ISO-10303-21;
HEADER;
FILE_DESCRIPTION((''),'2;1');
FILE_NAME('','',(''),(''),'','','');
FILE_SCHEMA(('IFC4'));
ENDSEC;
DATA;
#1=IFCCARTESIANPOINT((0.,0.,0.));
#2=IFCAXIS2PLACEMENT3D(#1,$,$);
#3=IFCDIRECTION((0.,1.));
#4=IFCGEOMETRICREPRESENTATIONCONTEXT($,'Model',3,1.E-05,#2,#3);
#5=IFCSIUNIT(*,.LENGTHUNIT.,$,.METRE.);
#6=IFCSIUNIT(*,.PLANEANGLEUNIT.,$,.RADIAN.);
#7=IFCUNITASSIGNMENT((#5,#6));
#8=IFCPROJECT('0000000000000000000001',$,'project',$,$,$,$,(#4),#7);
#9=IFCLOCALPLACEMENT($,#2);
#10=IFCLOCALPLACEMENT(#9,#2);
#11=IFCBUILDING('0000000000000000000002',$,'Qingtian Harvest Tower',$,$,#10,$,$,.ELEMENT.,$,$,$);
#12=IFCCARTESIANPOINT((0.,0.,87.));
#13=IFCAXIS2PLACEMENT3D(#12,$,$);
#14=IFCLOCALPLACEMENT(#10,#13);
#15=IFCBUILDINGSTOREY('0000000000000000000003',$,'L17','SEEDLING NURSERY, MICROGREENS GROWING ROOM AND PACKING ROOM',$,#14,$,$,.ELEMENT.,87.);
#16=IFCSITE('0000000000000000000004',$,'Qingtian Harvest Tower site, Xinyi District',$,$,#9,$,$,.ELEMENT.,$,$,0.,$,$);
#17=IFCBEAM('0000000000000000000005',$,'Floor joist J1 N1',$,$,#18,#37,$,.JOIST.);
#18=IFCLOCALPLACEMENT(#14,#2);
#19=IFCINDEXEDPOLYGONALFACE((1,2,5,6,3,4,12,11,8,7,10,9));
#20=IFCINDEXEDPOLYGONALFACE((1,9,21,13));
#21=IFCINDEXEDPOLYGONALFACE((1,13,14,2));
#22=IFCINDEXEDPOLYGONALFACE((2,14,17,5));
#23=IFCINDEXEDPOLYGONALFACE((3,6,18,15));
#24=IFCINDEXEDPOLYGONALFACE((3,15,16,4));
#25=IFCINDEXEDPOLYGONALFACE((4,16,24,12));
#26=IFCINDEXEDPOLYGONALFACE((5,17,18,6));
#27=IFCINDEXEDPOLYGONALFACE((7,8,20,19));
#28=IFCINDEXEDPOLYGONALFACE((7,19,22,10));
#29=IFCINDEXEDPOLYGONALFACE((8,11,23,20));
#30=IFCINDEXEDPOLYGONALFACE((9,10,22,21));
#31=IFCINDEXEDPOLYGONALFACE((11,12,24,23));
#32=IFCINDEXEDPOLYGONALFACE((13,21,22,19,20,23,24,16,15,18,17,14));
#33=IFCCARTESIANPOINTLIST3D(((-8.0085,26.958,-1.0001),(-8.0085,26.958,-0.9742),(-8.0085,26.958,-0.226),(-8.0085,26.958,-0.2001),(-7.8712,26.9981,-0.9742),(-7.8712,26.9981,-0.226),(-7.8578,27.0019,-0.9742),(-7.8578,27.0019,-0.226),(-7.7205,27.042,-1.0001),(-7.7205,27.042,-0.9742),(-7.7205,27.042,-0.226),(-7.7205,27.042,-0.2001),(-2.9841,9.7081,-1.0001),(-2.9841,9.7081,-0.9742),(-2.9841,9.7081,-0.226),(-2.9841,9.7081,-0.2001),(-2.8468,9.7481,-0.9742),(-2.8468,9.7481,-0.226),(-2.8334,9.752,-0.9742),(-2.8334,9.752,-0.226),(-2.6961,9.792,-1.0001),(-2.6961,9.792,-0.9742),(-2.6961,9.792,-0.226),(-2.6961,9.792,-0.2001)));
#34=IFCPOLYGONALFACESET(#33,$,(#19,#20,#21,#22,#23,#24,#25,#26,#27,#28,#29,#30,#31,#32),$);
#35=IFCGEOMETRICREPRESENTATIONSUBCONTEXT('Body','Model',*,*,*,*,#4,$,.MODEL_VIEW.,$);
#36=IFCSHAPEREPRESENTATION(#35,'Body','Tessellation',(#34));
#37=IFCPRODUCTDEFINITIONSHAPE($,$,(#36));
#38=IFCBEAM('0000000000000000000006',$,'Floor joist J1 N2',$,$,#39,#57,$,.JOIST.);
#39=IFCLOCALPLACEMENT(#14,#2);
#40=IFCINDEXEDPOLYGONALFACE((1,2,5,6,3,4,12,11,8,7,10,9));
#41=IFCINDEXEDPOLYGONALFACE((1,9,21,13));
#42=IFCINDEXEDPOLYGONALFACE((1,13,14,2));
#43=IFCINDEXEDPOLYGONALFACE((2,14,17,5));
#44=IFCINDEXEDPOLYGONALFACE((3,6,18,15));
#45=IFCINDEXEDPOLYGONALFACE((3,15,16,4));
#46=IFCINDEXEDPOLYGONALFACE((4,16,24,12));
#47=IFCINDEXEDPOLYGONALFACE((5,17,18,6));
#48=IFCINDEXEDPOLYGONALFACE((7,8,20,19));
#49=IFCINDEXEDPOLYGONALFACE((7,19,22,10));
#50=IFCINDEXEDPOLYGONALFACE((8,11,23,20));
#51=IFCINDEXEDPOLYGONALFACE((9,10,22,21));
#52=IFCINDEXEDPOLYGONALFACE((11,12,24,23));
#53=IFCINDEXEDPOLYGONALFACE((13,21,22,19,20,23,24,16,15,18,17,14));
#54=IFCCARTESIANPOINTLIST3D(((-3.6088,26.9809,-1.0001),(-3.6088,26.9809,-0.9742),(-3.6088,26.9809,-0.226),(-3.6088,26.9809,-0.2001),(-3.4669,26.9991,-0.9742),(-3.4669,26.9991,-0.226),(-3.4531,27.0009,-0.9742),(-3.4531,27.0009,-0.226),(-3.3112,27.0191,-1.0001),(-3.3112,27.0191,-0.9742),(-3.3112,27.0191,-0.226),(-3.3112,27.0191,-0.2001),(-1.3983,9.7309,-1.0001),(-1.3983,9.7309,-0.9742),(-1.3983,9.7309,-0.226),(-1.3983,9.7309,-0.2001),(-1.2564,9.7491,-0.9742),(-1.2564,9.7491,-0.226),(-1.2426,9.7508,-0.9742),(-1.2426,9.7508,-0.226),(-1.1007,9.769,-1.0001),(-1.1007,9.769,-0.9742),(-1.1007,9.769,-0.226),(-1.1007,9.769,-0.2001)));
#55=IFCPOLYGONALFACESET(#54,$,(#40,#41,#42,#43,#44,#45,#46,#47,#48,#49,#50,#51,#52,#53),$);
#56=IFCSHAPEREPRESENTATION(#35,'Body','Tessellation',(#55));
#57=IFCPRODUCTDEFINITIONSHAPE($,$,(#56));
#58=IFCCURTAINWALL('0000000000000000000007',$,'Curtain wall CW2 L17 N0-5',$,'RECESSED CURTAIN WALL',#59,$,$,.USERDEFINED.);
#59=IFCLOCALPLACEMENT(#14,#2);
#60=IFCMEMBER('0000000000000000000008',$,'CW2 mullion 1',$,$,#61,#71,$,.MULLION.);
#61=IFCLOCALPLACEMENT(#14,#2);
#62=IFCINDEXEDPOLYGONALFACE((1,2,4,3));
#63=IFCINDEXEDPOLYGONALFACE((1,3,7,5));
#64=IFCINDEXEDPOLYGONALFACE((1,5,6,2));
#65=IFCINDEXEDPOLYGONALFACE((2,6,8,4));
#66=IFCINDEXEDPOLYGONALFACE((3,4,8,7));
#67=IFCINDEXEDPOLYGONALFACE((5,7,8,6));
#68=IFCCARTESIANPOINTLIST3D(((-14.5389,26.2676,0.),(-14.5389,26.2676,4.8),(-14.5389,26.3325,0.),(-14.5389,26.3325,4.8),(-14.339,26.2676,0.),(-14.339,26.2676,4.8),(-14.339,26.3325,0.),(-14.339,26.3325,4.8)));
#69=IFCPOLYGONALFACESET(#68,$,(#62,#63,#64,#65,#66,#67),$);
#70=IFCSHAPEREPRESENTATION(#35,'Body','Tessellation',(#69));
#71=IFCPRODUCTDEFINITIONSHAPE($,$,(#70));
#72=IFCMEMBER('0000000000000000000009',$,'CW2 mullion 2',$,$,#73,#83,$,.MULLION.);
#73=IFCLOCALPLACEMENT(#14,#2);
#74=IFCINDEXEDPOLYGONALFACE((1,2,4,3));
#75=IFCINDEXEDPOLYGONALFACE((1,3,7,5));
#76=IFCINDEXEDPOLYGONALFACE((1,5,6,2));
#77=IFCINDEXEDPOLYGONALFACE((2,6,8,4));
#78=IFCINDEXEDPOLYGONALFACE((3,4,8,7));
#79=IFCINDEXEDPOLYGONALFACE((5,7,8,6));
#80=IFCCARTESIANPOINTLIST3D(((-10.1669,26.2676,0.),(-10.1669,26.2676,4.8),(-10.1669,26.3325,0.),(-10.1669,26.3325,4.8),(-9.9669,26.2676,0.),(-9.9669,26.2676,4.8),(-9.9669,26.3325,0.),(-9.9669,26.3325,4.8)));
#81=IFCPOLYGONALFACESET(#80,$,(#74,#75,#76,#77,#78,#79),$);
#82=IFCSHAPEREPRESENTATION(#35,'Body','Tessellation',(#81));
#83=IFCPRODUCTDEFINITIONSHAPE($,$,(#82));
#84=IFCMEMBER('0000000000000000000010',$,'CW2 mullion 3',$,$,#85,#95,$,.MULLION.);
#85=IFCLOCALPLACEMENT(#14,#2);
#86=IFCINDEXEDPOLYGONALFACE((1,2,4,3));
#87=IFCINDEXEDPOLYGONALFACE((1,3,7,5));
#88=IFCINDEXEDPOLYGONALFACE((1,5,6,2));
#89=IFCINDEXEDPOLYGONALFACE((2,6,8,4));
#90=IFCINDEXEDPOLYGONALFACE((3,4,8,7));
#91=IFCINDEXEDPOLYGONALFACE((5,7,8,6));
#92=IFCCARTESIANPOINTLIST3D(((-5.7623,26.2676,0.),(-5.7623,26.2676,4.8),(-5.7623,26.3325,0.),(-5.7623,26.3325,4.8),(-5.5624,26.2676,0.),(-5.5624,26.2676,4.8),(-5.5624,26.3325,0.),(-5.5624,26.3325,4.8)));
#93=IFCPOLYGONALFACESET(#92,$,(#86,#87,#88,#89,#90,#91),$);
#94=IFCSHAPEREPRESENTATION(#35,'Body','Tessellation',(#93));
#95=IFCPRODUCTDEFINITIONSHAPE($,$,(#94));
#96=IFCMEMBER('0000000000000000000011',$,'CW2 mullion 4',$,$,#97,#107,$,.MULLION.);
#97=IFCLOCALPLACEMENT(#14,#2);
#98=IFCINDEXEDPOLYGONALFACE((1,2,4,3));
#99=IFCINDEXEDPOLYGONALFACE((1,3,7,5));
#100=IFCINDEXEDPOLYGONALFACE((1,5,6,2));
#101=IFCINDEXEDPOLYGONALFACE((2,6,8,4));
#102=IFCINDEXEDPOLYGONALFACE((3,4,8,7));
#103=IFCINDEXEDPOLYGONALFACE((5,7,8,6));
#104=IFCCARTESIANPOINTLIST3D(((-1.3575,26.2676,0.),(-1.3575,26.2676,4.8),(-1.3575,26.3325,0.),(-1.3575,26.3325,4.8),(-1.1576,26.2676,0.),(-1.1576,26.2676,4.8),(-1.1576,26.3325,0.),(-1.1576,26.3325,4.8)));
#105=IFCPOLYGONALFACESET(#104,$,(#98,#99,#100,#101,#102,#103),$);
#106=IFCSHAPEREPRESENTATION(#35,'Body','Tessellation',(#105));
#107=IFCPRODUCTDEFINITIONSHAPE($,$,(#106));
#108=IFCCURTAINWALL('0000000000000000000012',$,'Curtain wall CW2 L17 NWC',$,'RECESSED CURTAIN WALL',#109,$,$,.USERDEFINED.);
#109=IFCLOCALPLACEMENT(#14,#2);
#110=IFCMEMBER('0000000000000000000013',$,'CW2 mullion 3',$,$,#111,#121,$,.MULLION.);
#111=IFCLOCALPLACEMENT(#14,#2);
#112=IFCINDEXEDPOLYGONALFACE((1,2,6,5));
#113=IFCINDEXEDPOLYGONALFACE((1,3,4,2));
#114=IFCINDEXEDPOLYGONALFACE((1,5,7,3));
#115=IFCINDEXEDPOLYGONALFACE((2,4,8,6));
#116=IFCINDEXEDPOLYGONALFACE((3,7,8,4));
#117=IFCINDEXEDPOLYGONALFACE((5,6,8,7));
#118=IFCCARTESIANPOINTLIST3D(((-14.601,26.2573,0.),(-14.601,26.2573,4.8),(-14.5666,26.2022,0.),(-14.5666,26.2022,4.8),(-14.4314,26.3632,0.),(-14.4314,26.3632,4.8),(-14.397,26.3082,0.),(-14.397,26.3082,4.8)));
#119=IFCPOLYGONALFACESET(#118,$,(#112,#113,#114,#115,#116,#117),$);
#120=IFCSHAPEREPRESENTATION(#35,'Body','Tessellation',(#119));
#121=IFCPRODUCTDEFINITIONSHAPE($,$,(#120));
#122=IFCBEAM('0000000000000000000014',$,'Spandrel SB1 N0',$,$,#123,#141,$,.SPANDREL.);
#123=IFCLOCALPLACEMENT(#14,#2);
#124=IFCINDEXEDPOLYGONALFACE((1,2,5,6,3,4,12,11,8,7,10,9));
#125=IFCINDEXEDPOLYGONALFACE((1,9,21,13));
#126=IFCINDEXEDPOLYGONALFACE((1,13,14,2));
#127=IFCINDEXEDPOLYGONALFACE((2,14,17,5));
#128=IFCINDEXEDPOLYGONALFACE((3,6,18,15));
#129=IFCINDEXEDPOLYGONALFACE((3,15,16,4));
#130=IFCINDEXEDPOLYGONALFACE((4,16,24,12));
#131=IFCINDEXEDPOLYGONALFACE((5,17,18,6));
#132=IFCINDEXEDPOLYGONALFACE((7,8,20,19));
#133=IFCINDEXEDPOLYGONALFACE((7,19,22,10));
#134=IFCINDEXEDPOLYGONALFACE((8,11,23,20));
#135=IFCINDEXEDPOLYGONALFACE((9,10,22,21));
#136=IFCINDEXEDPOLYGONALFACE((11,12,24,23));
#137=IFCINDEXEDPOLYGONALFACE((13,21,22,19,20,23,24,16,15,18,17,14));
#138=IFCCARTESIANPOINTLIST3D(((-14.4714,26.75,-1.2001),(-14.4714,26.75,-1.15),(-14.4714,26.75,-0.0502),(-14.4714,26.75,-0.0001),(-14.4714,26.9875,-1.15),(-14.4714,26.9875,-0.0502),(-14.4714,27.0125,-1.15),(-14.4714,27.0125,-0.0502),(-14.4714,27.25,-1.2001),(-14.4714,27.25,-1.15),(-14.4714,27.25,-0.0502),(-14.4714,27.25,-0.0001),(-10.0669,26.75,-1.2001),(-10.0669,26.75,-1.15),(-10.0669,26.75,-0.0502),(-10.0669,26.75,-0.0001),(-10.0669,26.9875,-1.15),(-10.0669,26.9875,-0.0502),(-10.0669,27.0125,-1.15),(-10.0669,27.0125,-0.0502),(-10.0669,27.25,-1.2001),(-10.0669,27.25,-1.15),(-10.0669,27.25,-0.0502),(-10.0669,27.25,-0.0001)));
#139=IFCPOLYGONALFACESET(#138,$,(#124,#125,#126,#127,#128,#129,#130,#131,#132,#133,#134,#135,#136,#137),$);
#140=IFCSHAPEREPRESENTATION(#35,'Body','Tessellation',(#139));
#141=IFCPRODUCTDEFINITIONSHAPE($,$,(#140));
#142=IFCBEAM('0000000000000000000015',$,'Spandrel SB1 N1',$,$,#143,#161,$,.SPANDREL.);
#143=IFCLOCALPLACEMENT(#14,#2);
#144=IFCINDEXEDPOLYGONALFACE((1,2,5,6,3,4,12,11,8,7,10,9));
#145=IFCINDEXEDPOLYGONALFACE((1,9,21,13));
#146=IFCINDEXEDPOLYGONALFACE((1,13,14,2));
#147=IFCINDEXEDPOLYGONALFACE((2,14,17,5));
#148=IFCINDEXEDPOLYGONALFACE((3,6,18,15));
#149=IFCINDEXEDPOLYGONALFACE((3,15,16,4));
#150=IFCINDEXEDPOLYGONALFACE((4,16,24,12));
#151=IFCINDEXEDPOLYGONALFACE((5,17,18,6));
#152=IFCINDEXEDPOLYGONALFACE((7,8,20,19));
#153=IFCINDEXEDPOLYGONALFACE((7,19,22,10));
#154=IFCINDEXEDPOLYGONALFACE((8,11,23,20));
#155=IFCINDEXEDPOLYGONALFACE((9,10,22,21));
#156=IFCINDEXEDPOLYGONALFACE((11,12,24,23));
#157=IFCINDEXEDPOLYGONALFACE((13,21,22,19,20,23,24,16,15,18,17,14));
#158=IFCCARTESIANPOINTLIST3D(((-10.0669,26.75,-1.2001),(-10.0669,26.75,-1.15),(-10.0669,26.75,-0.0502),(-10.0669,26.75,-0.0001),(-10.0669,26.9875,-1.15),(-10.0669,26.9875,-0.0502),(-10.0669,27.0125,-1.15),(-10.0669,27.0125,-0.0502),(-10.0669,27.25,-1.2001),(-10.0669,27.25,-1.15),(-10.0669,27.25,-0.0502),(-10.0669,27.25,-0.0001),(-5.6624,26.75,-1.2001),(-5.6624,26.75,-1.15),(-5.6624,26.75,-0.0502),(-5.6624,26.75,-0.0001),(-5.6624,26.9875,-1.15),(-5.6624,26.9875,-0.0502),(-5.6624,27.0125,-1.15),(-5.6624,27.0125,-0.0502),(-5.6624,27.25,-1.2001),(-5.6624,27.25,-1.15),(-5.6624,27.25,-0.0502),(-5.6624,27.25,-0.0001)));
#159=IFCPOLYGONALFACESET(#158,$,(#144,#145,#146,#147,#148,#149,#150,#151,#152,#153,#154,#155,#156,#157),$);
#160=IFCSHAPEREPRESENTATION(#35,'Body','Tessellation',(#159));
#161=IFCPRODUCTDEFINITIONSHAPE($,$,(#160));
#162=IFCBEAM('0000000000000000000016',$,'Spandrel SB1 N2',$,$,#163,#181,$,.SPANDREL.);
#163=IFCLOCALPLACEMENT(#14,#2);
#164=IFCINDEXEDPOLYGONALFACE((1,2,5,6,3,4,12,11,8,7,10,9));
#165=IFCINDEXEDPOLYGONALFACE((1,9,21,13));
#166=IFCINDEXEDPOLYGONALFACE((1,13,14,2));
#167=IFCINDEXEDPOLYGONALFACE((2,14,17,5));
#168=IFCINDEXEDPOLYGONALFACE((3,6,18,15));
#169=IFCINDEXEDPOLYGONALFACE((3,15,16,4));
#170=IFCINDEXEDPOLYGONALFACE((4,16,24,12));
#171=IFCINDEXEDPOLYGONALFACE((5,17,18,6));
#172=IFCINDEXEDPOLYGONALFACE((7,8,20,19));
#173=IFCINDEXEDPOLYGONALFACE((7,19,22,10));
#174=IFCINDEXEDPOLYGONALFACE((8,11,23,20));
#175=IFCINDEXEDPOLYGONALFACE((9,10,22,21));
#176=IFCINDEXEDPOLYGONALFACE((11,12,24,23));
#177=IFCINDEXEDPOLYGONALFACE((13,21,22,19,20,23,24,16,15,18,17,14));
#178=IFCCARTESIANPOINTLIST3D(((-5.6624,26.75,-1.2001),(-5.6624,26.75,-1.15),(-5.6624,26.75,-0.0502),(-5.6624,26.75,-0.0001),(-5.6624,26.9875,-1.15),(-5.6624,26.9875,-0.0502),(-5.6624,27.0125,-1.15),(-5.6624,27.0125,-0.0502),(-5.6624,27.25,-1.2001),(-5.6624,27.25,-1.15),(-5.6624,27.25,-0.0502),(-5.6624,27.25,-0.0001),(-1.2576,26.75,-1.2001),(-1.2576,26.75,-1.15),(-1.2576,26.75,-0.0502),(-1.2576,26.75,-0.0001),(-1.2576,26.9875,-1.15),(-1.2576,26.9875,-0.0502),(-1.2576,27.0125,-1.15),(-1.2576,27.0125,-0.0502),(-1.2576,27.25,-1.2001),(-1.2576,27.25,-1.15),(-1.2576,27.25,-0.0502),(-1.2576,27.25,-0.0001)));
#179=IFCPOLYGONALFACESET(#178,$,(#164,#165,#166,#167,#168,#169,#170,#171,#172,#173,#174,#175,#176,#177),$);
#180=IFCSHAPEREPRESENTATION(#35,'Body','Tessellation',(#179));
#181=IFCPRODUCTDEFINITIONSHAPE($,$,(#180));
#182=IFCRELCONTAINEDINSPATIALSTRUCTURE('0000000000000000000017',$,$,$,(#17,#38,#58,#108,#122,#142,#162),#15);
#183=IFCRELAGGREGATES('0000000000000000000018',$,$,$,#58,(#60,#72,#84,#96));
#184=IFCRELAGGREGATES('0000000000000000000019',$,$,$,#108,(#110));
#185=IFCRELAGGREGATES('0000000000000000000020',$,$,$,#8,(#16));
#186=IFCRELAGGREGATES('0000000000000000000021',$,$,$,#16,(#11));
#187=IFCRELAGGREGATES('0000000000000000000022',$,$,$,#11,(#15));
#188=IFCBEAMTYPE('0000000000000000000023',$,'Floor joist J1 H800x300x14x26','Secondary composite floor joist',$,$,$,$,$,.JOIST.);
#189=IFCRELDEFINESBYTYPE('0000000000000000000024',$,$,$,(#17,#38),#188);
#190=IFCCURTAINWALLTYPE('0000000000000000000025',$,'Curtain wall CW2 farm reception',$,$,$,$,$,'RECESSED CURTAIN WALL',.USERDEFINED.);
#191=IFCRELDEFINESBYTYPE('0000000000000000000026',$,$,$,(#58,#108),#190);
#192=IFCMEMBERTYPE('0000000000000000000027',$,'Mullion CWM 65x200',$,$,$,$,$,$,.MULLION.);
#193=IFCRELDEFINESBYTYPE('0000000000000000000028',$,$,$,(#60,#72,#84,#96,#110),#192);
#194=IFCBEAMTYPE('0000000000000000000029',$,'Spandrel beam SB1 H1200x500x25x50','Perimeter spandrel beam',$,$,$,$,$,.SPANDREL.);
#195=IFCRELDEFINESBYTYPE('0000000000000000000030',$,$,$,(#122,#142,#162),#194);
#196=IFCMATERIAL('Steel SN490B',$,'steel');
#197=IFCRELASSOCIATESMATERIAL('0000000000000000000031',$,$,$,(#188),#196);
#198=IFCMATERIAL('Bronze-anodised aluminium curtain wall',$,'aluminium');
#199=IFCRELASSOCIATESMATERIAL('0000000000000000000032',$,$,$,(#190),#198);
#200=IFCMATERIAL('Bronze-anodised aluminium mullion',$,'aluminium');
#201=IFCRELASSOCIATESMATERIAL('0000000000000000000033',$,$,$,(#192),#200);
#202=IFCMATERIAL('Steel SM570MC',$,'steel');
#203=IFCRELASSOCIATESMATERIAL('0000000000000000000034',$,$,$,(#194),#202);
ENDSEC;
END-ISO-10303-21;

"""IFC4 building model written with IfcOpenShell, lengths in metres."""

from ifc_helpers import new_model, si_unit, direction, frame, origin, origin_2d, place, context, subcontext, project, spatial, rectangle, i_section, extrude, material, material_profile, profile_set, type_object, element, aggregate, save


model = new_model("IFC4")

# Units and contexts
model_context = context("Model", 3, precision=1e-05, world=origin(), true_north=direction((0.0, 1.0)))
body_context = subcontext(model_context, "Body", "Model", "MODEL_VIEW")
ifc_project = project(units=[si_unit("LENGTHUNIT", "METRE"), si_unit("PLANEANGLEUNIT", "RADIAN")], contexts=[model_context])

# Site, building, storey
site_placement = place(None, origin())
site = spatial("IfcSite", under=ifc_project, at=site_placement, Name="Qingtian Harvest Tower site, Xinyi District", CompositionType="ELEMENT", RefElevation=0.0)
building_placement = place(site_placement, origin())
building = spatial("IfcBuilding", under=site, at=building_placement, Name="Qingtian Harvest Tower", CompositionType="ELEMENT")
storey_placement = place(building_placement, frame((0.0, 0.0, 87.0)))
storey = spatial("IfcBuildingStorey", under=building, at=storey_placement, Name="L17", Description="SEEDLING NURSERY, MICROGREENS GROWING ROOM AND PACKING ROOM", CompositionType="ELEMENT", Elevation=87.0)

# Beams
ifc_material_1 = material(Name="Steel SN490B", Category="steel")
ifc_material_profile_1 = material_profile(ifc_material_1, i_section(OverallWidth=0.3, OverallDepth=0.8, WebThickness=0.0139, FlangeThickness=0.0259, at=origin_2d()), Name="H800x300x14x26")
ifc_profile_set_1 = profile_set([ifc_material_profile_1], Name="Steel SN490B")
beam_type_1 = type_object("IfcBeamType", Name="Floor joist J1 H800x300x14x26", Description="Secondary composite floor joist", PredefinedType="JOIST", material=ifc_profile_set_1)
beam_1_placement = place(storey_placement, frame((-7.8645, 27.0, -0.6001), z_axis=(0.279649, -0.960102, 0.0), x_axis=(0.960102, 0.279649, 0.0)))
element("IfcBeam", 1, at=beam_1_placement, inside=storey, type_object=beam_type_1, Name="Floor joist J1 N1", PredefinedType="JOIST", context=body_context, shape_type="SweptSolid", body=[
    extrude(i_section(OverallWidth=0.3, OverallDepth=0.8, WebThickness=0.0139, FlangeThickness=0.0259, at=origin_2d()), origin(), (0.0, 0.0, 1.0), 17.9668),
])
beam_2_placement = place(storey_placement, frame((-3.46, 27.0, -0.6001), z_axis=(0.127103, -0.99189, 0.0), x_axis=(0.99189, 0.127103, 0.0)))
element("IfcBeam", 2, at=beam_2_placement, inside=storey, type_object=beam_type_1, Name="Floor joist J1 N2", PredefinedType="JOIST", context=body_context, shape_type="SweptSolid", body=[
    extrude(i_section(OverallWidth=0.3, OverallDepth=0.8, WebThickness=0.0139, FlangeThickness=0.0259, at=origin_2d()), origin(), (0.0, 0.0, 1.0), 17.3911),
])

# Curtain wall, members
ifc_material_2 = material(Name="Bronze-anodised aluminium curtain wall", Category="aluminium")
curtain_wall_type = type_object("IfcCurtainWallType", Name="Curtain wall CW2 farm reception", ElementType="RECESSED CURTAIN WALL", PredefinedType="USERDEFINED", material=ifc_material_2)
curtain_wall_1_placement = place(storey_placement, origin())
curtain_wall_1 = element("IfcCurtainWall", 3, at=curtain_wall_1_placement, inside=storey, type_object=curtain_wall_type, Name="Curtain wall CW2 L17 N0-5", ObjectType="RECESSED CURTAIN WALL", PredefinedType="USERDEFINED")
ifc_material_3 = material(Name="Bronze-anodised aluminium mullion", Category="aluminium")
ifc_material_profile_2 = material_profile(ifc_material_3, rectangle(XDim=0.0649, YDim=0.2, at=origin_2d()), Name="AL 65x200")
ifc_profile_set_2 = profile_set([ifc_material_profile_2], Name="Bronze-anodised aluminium mullion")
member_type_1 = type_object("IfcMemberType", Name="Mullion CWM 65x200", PredefinedType="MULLION", material=ifc_profile_set_2)
member_1_placement = place(storey_placement, frame((-14.439, 26.3, 0.0), z_axis=(0.0, 0.0, 1.0), x_axis=(0.0, 1.0, 0.0)))
member_1 = element("IfcMember", 4, at=member_1_placement, type_object=member_type_1, Name="CW2 mullion 1", PredefinedType="MULLION", context=body_context, shape_type="SweptSolid", body=[
    extrude(rectangle(XDim=0.0649, YDim=0.2, at=origin_2d()), origin(), (0.0, 0.0, 1.0), 4.8),
])
member_2_placement = place(storey_placement, frame((-10.0669, 26.3, 0.0), z_axis=(0.0, 0.0, 1.0), x_axis=(0.0, 1.0, 0.0)))
member_2 = element("IfcMember", 5, at=member_2_placement, type_object=member_type_1, Name="CW2 mullion 2", PredefinedType="MULLION", context=body_context, shape_type="SweptSolid", body=[
    extrude(rectangle(XDim=0.0649, YDim=0.2, at=origin_2d()), origin(), (0.0, 0.0, 1.0), 4.8),
])
member_3_placement = place(storey_placement, frame((-5.6624, 26.3, 0.0), z_axis=(0.0, 0.0, 1.0), x_axis=(0.0, 1.0, 0.0)))
member_3 = element("IfcMember", 6, at=member_3_placement, type_object=member_type_1, Name="CW2 mullion 3", PredefinedType="MULLION", context=body_context, shape_type="SweptSolid", body=[
    extrude(rectangle(XDim=0.0649, YDim=0.2, at=origin_2d()), origin(), (0.0, 0.0, 1.0), 4.8),
])
member_4_placement = place(storey_placement, frame((-1.2576, 26.3, 0.0), z_axis=(0.0, 0.0, 1.0), x_axis=(0.0, 1.0, 0.0)))
member_4 = element("IfcMember", 7, at=member_4_placement, type_object=member_type_1, Name="CW2 mullion 4", PredefinedType="MULLION", context=body_context, shape_type="SweptSolid", body=[
    extrude(rectangle(XDim=0.0649, YDim=0.2, at=origin_2d()), origin(), (0.0, 0.0, 1.0), 4.8),
])

# Curtain wall, member
curtain_wall_2_placement = place(storey_placement, origin())
curtain_wall_2 = element("IfcCurtainWall", 8, at=curtain_wall_2_placement, inside=storey, type_object=curtain_wall_type, Name="Curtain wall CW2 L17 NWC", ObjectType="RECESSED CURTAIN WALL", PredefinedType="USERDEFINED")
member_5_placement = place(storey_placement, frame((-14.499, 26.2827, 0.0), z_axis=(0.0, 0.0, 1.0), x_axis=(-0.529919, 0.848048, 0.0)))
member_5 = element("IfcMember", 9, at=member_5_placement, type_object=member_type_1, Name="CW2 mullion 3", PredefinedType="MULLION", context=body_context, shape_type="SweptSolid", body=[
    extrude(rectangle(XDim=0.0649, YDim=0.2, at=origin_2d()), origin(), (0.0, 0.0, 1.0), 4.8),
])

# Beams
ifc_material_4 = material(Name="Steel SM570MC", Category="steel")
ifc_material_profile_3 = material_profile(ifc_material_4, i_section(OverallWidth=0.5, OverallDepth=1.2, WebThickness=0.0249, FlangeThickness=0.05, at=origin_2d()), Name="H1200x500x25x50")
ifc_profile_set_3 = profile_set([ifc_material_profile_3], Name="Steel SM570MC")
beam_type_2 = type_object("IfcBeamType", Name="Spandrel beam SB1 H1200x500x25x50", Description="Perimeter spandrel beam", PredefinedType="SPANDREL", material=ifc_profile_set_3)
for number, where, z_axis, x_axis, name in (
    (10, (-14.4714, 27.0, -0.6001), (1.0, 0.0, 0.0), (0.0, 1.0, 0.0), "Spandrel SB1 N0"),
    (11, (-10.0669, 27.0, -0.6001), (1.0, 0.0, 0.0), (0.0, 1.0, 0.0), "Spandrel SB1 N1"),
):
    element("IfcBeam", number, at=place(storey_placement, frame(where, z_axis=z_axis, x_axis=x_axis)), inside=storey, type_object=beam_type_2, Name=name, PredefinedType="SPANDREL", context=body_context, shape_type="SweptSolid", body=[
        extrude(i_section(OverallWidth=0.5, OverallDepth=1.2, WebThickness=0.0249, FlangeThickness=0.05, at=origin_2d()), origin(), (0.0, 0.0, 1.0), 4.4045),
    ])
beam_3_placement = place(storey_placement, frame((-5.6624, 27.0, -0.6001), z_axis=(1.0, 0.0, 0.0), x_axis=(0.0, 1.0, 0.0)))
element("IfcBeam", 12, at=beam_3_placement, inside=storey, type_object=beam_type_2, Name="Spandrel SB1 N2", PredefinedType="SPANDREL", context=body_context, shape_type="SweptSolid", body=[
    extrude(i_section(OverallWidth=0.5, OverallDepth=1.2, WebThickness=0.0249, FlangeThickness=0.05, at=origin_2d()), origin(), (0.0, 0.0, 1.0), 4.4048),
])

aggregate(curtain_wall_1, [member_1, member_2, member_3, member_4])
aggregate(curtain_wall_2, [member_5])

save(model, "model.ifc")
